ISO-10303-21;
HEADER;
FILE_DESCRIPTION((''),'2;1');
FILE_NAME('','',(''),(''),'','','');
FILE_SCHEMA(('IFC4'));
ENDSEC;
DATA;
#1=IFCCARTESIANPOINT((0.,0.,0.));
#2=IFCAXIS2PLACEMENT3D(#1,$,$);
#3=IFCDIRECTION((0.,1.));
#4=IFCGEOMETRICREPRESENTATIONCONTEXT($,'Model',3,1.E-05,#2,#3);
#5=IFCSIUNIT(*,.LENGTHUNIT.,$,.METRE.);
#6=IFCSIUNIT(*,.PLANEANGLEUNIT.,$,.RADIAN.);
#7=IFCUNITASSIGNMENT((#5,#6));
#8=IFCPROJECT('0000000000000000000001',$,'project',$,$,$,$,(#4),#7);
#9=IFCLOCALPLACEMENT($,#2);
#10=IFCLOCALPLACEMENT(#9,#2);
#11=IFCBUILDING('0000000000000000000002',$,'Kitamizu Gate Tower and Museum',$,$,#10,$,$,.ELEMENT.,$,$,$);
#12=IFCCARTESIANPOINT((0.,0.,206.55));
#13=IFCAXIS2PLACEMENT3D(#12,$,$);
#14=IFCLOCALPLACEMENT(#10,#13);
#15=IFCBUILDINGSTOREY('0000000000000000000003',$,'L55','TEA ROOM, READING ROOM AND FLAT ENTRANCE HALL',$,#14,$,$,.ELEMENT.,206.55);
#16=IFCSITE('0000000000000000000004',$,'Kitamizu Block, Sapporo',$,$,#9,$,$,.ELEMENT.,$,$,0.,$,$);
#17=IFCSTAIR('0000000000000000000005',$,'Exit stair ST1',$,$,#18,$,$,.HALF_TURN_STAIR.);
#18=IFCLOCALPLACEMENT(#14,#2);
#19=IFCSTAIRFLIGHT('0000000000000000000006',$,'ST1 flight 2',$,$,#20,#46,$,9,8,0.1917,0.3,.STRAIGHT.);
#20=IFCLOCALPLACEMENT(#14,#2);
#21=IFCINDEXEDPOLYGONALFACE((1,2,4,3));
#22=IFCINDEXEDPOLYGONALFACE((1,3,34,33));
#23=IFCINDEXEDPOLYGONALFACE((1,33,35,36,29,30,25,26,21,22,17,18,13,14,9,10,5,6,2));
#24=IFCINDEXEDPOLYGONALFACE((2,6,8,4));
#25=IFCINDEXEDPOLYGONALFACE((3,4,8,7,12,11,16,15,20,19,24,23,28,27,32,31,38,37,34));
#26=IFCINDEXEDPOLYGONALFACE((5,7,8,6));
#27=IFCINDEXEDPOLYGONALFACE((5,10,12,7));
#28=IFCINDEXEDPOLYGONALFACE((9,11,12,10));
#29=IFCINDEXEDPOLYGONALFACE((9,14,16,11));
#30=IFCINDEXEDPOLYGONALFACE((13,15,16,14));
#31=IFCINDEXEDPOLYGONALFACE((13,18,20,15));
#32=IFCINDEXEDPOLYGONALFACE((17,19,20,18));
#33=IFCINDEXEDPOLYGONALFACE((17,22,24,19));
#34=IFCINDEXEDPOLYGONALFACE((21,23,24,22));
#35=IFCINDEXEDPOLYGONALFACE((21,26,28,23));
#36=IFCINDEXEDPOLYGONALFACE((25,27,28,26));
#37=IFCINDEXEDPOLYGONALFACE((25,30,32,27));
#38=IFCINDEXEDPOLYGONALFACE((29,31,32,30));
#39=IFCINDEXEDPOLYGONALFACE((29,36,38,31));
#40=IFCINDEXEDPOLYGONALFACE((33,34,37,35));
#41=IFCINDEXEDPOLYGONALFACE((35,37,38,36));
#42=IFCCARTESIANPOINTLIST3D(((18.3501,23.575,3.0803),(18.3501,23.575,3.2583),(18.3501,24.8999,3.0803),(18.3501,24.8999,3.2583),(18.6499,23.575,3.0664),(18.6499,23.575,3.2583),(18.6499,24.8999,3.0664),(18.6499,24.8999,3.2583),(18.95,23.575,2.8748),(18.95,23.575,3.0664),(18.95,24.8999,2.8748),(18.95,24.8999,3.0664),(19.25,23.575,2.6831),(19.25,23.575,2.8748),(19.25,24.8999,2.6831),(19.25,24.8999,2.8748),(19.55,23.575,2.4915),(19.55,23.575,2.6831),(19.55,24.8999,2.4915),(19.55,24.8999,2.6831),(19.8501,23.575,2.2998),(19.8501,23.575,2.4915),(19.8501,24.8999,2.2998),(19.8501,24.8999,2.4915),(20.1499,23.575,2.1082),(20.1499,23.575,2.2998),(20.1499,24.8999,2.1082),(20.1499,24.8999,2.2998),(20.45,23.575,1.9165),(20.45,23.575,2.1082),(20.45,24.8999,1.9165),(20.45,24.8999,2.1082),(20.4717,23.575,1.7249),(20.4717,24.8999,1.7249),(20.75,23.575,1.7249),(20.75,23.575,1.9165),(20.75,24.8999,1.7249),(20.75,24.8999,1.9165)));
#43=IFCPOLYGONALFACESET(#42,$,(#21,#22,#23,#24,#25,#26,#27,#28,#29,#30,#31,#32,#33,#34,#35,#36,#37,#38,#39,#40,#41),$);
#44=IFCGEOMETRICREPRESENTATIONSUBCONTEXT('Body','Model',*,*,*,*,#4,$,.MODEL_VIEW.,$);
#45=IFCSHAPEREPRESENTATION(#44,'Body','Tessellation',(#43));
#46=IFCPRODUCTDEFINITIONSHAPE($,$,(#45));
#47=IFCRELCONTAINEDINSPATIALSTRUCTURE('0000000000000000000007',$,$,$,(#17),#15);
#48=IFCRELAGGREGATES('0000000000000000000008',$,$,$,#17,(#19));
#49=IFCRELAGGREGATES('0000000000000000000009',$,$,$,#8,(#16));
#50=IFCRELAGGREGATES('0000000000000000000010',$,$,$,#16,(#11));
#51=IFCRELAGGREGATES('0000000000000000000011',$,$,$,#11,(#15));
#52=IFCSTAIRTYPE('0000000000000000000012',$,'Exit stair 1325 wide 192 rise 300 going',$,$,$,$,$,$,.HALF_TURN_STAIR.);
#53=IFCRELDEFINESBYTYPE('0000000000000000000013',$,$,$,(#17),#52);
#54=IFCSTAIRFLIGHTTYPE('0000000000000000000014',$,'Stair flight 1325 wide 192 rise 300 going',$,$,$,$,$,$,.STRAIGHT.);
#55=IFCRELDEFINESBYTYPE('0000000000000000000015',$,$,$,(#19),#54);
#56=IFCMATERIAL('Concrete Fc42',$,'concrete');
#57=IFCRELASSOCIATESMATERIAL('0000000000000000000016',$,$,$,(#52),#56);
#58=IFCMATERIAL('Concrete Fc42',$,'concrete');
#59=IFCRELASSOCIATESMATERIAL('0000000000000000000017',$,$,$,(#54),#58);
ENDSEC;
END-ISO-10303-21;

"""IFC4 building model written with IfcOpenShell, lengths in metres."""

from ifc_helpers import new_model, si_unit, direction, frame, origin, place, context, subcontext, project, spatial, polyline, outline, extrude, material, type_object, element, aggregate, save


model = new_model("IFC4")

# Units and contexts
model_context = context("Model", 3, precision=1e-05, world=origin(), true_north=direction((0.0, 1.0)))
body_context = subcontext(model_context, "Body", "Model", "MODEL_VIEW")
ifc_project = project(units=[si_unit("LENGTHUNIT", "METRE"), si_unit("PLANEANGLEUNIT", "RADIAN")], contexts=[model_context])

# Site, building, storey
site_placement = place(None, origin())
site = spatial("IfcSite", under=ifc_project, at=site_placement, Name="Kitamizu Block, Sapporo", CompositionType="ELEMENT", RefElevation=0.0)
building_placement = place(site_placement, origin())
building = spatial("IfcBuilding", under=site, at=building_placement, Name="Kitamizu Gate Tower and Museum", CompositionType="ELEMENT")
storey_placement = place(building_placement, frame((0.0, 0.0, 206.55)))
storey = spatial("IfcBuildingStorey", under=building, at=storey_placement, Name="L55", Description="TEA ROOM, READING ROOM AND FLAT ENTRANCE HALL", CompositionType="ELEMENT", Elevation=206.55)

# Stair, stair flight
ifc_material_1 = material(Name="Concrete Fc42", Category="concrete")
stair_type = type_object("IfcStairType", Name="Exit stair 1325 wide 192 rise 300 going", PredefinedType="HALF_TURN_STAIR", material=ifc_material_1)
stair_placement = place(storey_placement, origin())
stair = element("IfcStair", 1, at=stair_placement, inside=storey, type_object=stair_type, Name="Exit stair ST1", PredefinedType="HALF_TURN_STAIR")
ifc_material_2 = material(Name="Concrete Fc42", Category="concrete")
stair_flight_type = type_object("IfcStairFlightType", Name="Stair flight 1325 wide 192 rise 300 going", PredefinedType="STRAIGHT", material=ifc_material_2)
stair_flight_1_placement = place(storey_placement, frame((20.75, 24.2375, 1.7249), z_axis=(0.0, 0.0, 1.0), x_axis=(-1.0, 0.0, 0.0)))
stair_flight_1 = element("IfcStairFlight", 2, at=stair_flight_1_placement, type_object=stair_flight_type, Name="ST1 flight 2", NumberOfRisers=9, NumberOfTreads=8, PredefinedType="STRAIGHT", RiserHeight=0.1917, TreadLength=0.3, context=body_context, shape_type="SweptSolid", body=[
    extrude(outline(polyline([(0.0, 0.0), (0.0, 0.1917), (0.3, 0.1917), (0.3, 0.3833), (0.6001, 0.3833), (0.6001, 0.575), (0.8999, 0.575), (0.8999, 0.7666), (1.2, 0.7666), (1.2, 0.9583), (1.5, 0.9583), (1.5, 1.1499), (1.8, 1.1499), (1.8, 1.3416), (2.1001, 1.3416), (2.1001, 1.5334), (2.3999, 1.5334), (2.3999, 1.7251), (2.3999, 1.3555), (0.2783, 0.0), (0.0, 0.0)])), frame((0.0, 0.6626, 0.0), z_axis=(0.0, -1.0, 0.0), x_axis=(1.0, 0.0, 0.0)), (0.0, 0.0, 1.0), 1.325),
])
aggregate(stair, [stair_flight_1])

save(model, "model.ifc")
